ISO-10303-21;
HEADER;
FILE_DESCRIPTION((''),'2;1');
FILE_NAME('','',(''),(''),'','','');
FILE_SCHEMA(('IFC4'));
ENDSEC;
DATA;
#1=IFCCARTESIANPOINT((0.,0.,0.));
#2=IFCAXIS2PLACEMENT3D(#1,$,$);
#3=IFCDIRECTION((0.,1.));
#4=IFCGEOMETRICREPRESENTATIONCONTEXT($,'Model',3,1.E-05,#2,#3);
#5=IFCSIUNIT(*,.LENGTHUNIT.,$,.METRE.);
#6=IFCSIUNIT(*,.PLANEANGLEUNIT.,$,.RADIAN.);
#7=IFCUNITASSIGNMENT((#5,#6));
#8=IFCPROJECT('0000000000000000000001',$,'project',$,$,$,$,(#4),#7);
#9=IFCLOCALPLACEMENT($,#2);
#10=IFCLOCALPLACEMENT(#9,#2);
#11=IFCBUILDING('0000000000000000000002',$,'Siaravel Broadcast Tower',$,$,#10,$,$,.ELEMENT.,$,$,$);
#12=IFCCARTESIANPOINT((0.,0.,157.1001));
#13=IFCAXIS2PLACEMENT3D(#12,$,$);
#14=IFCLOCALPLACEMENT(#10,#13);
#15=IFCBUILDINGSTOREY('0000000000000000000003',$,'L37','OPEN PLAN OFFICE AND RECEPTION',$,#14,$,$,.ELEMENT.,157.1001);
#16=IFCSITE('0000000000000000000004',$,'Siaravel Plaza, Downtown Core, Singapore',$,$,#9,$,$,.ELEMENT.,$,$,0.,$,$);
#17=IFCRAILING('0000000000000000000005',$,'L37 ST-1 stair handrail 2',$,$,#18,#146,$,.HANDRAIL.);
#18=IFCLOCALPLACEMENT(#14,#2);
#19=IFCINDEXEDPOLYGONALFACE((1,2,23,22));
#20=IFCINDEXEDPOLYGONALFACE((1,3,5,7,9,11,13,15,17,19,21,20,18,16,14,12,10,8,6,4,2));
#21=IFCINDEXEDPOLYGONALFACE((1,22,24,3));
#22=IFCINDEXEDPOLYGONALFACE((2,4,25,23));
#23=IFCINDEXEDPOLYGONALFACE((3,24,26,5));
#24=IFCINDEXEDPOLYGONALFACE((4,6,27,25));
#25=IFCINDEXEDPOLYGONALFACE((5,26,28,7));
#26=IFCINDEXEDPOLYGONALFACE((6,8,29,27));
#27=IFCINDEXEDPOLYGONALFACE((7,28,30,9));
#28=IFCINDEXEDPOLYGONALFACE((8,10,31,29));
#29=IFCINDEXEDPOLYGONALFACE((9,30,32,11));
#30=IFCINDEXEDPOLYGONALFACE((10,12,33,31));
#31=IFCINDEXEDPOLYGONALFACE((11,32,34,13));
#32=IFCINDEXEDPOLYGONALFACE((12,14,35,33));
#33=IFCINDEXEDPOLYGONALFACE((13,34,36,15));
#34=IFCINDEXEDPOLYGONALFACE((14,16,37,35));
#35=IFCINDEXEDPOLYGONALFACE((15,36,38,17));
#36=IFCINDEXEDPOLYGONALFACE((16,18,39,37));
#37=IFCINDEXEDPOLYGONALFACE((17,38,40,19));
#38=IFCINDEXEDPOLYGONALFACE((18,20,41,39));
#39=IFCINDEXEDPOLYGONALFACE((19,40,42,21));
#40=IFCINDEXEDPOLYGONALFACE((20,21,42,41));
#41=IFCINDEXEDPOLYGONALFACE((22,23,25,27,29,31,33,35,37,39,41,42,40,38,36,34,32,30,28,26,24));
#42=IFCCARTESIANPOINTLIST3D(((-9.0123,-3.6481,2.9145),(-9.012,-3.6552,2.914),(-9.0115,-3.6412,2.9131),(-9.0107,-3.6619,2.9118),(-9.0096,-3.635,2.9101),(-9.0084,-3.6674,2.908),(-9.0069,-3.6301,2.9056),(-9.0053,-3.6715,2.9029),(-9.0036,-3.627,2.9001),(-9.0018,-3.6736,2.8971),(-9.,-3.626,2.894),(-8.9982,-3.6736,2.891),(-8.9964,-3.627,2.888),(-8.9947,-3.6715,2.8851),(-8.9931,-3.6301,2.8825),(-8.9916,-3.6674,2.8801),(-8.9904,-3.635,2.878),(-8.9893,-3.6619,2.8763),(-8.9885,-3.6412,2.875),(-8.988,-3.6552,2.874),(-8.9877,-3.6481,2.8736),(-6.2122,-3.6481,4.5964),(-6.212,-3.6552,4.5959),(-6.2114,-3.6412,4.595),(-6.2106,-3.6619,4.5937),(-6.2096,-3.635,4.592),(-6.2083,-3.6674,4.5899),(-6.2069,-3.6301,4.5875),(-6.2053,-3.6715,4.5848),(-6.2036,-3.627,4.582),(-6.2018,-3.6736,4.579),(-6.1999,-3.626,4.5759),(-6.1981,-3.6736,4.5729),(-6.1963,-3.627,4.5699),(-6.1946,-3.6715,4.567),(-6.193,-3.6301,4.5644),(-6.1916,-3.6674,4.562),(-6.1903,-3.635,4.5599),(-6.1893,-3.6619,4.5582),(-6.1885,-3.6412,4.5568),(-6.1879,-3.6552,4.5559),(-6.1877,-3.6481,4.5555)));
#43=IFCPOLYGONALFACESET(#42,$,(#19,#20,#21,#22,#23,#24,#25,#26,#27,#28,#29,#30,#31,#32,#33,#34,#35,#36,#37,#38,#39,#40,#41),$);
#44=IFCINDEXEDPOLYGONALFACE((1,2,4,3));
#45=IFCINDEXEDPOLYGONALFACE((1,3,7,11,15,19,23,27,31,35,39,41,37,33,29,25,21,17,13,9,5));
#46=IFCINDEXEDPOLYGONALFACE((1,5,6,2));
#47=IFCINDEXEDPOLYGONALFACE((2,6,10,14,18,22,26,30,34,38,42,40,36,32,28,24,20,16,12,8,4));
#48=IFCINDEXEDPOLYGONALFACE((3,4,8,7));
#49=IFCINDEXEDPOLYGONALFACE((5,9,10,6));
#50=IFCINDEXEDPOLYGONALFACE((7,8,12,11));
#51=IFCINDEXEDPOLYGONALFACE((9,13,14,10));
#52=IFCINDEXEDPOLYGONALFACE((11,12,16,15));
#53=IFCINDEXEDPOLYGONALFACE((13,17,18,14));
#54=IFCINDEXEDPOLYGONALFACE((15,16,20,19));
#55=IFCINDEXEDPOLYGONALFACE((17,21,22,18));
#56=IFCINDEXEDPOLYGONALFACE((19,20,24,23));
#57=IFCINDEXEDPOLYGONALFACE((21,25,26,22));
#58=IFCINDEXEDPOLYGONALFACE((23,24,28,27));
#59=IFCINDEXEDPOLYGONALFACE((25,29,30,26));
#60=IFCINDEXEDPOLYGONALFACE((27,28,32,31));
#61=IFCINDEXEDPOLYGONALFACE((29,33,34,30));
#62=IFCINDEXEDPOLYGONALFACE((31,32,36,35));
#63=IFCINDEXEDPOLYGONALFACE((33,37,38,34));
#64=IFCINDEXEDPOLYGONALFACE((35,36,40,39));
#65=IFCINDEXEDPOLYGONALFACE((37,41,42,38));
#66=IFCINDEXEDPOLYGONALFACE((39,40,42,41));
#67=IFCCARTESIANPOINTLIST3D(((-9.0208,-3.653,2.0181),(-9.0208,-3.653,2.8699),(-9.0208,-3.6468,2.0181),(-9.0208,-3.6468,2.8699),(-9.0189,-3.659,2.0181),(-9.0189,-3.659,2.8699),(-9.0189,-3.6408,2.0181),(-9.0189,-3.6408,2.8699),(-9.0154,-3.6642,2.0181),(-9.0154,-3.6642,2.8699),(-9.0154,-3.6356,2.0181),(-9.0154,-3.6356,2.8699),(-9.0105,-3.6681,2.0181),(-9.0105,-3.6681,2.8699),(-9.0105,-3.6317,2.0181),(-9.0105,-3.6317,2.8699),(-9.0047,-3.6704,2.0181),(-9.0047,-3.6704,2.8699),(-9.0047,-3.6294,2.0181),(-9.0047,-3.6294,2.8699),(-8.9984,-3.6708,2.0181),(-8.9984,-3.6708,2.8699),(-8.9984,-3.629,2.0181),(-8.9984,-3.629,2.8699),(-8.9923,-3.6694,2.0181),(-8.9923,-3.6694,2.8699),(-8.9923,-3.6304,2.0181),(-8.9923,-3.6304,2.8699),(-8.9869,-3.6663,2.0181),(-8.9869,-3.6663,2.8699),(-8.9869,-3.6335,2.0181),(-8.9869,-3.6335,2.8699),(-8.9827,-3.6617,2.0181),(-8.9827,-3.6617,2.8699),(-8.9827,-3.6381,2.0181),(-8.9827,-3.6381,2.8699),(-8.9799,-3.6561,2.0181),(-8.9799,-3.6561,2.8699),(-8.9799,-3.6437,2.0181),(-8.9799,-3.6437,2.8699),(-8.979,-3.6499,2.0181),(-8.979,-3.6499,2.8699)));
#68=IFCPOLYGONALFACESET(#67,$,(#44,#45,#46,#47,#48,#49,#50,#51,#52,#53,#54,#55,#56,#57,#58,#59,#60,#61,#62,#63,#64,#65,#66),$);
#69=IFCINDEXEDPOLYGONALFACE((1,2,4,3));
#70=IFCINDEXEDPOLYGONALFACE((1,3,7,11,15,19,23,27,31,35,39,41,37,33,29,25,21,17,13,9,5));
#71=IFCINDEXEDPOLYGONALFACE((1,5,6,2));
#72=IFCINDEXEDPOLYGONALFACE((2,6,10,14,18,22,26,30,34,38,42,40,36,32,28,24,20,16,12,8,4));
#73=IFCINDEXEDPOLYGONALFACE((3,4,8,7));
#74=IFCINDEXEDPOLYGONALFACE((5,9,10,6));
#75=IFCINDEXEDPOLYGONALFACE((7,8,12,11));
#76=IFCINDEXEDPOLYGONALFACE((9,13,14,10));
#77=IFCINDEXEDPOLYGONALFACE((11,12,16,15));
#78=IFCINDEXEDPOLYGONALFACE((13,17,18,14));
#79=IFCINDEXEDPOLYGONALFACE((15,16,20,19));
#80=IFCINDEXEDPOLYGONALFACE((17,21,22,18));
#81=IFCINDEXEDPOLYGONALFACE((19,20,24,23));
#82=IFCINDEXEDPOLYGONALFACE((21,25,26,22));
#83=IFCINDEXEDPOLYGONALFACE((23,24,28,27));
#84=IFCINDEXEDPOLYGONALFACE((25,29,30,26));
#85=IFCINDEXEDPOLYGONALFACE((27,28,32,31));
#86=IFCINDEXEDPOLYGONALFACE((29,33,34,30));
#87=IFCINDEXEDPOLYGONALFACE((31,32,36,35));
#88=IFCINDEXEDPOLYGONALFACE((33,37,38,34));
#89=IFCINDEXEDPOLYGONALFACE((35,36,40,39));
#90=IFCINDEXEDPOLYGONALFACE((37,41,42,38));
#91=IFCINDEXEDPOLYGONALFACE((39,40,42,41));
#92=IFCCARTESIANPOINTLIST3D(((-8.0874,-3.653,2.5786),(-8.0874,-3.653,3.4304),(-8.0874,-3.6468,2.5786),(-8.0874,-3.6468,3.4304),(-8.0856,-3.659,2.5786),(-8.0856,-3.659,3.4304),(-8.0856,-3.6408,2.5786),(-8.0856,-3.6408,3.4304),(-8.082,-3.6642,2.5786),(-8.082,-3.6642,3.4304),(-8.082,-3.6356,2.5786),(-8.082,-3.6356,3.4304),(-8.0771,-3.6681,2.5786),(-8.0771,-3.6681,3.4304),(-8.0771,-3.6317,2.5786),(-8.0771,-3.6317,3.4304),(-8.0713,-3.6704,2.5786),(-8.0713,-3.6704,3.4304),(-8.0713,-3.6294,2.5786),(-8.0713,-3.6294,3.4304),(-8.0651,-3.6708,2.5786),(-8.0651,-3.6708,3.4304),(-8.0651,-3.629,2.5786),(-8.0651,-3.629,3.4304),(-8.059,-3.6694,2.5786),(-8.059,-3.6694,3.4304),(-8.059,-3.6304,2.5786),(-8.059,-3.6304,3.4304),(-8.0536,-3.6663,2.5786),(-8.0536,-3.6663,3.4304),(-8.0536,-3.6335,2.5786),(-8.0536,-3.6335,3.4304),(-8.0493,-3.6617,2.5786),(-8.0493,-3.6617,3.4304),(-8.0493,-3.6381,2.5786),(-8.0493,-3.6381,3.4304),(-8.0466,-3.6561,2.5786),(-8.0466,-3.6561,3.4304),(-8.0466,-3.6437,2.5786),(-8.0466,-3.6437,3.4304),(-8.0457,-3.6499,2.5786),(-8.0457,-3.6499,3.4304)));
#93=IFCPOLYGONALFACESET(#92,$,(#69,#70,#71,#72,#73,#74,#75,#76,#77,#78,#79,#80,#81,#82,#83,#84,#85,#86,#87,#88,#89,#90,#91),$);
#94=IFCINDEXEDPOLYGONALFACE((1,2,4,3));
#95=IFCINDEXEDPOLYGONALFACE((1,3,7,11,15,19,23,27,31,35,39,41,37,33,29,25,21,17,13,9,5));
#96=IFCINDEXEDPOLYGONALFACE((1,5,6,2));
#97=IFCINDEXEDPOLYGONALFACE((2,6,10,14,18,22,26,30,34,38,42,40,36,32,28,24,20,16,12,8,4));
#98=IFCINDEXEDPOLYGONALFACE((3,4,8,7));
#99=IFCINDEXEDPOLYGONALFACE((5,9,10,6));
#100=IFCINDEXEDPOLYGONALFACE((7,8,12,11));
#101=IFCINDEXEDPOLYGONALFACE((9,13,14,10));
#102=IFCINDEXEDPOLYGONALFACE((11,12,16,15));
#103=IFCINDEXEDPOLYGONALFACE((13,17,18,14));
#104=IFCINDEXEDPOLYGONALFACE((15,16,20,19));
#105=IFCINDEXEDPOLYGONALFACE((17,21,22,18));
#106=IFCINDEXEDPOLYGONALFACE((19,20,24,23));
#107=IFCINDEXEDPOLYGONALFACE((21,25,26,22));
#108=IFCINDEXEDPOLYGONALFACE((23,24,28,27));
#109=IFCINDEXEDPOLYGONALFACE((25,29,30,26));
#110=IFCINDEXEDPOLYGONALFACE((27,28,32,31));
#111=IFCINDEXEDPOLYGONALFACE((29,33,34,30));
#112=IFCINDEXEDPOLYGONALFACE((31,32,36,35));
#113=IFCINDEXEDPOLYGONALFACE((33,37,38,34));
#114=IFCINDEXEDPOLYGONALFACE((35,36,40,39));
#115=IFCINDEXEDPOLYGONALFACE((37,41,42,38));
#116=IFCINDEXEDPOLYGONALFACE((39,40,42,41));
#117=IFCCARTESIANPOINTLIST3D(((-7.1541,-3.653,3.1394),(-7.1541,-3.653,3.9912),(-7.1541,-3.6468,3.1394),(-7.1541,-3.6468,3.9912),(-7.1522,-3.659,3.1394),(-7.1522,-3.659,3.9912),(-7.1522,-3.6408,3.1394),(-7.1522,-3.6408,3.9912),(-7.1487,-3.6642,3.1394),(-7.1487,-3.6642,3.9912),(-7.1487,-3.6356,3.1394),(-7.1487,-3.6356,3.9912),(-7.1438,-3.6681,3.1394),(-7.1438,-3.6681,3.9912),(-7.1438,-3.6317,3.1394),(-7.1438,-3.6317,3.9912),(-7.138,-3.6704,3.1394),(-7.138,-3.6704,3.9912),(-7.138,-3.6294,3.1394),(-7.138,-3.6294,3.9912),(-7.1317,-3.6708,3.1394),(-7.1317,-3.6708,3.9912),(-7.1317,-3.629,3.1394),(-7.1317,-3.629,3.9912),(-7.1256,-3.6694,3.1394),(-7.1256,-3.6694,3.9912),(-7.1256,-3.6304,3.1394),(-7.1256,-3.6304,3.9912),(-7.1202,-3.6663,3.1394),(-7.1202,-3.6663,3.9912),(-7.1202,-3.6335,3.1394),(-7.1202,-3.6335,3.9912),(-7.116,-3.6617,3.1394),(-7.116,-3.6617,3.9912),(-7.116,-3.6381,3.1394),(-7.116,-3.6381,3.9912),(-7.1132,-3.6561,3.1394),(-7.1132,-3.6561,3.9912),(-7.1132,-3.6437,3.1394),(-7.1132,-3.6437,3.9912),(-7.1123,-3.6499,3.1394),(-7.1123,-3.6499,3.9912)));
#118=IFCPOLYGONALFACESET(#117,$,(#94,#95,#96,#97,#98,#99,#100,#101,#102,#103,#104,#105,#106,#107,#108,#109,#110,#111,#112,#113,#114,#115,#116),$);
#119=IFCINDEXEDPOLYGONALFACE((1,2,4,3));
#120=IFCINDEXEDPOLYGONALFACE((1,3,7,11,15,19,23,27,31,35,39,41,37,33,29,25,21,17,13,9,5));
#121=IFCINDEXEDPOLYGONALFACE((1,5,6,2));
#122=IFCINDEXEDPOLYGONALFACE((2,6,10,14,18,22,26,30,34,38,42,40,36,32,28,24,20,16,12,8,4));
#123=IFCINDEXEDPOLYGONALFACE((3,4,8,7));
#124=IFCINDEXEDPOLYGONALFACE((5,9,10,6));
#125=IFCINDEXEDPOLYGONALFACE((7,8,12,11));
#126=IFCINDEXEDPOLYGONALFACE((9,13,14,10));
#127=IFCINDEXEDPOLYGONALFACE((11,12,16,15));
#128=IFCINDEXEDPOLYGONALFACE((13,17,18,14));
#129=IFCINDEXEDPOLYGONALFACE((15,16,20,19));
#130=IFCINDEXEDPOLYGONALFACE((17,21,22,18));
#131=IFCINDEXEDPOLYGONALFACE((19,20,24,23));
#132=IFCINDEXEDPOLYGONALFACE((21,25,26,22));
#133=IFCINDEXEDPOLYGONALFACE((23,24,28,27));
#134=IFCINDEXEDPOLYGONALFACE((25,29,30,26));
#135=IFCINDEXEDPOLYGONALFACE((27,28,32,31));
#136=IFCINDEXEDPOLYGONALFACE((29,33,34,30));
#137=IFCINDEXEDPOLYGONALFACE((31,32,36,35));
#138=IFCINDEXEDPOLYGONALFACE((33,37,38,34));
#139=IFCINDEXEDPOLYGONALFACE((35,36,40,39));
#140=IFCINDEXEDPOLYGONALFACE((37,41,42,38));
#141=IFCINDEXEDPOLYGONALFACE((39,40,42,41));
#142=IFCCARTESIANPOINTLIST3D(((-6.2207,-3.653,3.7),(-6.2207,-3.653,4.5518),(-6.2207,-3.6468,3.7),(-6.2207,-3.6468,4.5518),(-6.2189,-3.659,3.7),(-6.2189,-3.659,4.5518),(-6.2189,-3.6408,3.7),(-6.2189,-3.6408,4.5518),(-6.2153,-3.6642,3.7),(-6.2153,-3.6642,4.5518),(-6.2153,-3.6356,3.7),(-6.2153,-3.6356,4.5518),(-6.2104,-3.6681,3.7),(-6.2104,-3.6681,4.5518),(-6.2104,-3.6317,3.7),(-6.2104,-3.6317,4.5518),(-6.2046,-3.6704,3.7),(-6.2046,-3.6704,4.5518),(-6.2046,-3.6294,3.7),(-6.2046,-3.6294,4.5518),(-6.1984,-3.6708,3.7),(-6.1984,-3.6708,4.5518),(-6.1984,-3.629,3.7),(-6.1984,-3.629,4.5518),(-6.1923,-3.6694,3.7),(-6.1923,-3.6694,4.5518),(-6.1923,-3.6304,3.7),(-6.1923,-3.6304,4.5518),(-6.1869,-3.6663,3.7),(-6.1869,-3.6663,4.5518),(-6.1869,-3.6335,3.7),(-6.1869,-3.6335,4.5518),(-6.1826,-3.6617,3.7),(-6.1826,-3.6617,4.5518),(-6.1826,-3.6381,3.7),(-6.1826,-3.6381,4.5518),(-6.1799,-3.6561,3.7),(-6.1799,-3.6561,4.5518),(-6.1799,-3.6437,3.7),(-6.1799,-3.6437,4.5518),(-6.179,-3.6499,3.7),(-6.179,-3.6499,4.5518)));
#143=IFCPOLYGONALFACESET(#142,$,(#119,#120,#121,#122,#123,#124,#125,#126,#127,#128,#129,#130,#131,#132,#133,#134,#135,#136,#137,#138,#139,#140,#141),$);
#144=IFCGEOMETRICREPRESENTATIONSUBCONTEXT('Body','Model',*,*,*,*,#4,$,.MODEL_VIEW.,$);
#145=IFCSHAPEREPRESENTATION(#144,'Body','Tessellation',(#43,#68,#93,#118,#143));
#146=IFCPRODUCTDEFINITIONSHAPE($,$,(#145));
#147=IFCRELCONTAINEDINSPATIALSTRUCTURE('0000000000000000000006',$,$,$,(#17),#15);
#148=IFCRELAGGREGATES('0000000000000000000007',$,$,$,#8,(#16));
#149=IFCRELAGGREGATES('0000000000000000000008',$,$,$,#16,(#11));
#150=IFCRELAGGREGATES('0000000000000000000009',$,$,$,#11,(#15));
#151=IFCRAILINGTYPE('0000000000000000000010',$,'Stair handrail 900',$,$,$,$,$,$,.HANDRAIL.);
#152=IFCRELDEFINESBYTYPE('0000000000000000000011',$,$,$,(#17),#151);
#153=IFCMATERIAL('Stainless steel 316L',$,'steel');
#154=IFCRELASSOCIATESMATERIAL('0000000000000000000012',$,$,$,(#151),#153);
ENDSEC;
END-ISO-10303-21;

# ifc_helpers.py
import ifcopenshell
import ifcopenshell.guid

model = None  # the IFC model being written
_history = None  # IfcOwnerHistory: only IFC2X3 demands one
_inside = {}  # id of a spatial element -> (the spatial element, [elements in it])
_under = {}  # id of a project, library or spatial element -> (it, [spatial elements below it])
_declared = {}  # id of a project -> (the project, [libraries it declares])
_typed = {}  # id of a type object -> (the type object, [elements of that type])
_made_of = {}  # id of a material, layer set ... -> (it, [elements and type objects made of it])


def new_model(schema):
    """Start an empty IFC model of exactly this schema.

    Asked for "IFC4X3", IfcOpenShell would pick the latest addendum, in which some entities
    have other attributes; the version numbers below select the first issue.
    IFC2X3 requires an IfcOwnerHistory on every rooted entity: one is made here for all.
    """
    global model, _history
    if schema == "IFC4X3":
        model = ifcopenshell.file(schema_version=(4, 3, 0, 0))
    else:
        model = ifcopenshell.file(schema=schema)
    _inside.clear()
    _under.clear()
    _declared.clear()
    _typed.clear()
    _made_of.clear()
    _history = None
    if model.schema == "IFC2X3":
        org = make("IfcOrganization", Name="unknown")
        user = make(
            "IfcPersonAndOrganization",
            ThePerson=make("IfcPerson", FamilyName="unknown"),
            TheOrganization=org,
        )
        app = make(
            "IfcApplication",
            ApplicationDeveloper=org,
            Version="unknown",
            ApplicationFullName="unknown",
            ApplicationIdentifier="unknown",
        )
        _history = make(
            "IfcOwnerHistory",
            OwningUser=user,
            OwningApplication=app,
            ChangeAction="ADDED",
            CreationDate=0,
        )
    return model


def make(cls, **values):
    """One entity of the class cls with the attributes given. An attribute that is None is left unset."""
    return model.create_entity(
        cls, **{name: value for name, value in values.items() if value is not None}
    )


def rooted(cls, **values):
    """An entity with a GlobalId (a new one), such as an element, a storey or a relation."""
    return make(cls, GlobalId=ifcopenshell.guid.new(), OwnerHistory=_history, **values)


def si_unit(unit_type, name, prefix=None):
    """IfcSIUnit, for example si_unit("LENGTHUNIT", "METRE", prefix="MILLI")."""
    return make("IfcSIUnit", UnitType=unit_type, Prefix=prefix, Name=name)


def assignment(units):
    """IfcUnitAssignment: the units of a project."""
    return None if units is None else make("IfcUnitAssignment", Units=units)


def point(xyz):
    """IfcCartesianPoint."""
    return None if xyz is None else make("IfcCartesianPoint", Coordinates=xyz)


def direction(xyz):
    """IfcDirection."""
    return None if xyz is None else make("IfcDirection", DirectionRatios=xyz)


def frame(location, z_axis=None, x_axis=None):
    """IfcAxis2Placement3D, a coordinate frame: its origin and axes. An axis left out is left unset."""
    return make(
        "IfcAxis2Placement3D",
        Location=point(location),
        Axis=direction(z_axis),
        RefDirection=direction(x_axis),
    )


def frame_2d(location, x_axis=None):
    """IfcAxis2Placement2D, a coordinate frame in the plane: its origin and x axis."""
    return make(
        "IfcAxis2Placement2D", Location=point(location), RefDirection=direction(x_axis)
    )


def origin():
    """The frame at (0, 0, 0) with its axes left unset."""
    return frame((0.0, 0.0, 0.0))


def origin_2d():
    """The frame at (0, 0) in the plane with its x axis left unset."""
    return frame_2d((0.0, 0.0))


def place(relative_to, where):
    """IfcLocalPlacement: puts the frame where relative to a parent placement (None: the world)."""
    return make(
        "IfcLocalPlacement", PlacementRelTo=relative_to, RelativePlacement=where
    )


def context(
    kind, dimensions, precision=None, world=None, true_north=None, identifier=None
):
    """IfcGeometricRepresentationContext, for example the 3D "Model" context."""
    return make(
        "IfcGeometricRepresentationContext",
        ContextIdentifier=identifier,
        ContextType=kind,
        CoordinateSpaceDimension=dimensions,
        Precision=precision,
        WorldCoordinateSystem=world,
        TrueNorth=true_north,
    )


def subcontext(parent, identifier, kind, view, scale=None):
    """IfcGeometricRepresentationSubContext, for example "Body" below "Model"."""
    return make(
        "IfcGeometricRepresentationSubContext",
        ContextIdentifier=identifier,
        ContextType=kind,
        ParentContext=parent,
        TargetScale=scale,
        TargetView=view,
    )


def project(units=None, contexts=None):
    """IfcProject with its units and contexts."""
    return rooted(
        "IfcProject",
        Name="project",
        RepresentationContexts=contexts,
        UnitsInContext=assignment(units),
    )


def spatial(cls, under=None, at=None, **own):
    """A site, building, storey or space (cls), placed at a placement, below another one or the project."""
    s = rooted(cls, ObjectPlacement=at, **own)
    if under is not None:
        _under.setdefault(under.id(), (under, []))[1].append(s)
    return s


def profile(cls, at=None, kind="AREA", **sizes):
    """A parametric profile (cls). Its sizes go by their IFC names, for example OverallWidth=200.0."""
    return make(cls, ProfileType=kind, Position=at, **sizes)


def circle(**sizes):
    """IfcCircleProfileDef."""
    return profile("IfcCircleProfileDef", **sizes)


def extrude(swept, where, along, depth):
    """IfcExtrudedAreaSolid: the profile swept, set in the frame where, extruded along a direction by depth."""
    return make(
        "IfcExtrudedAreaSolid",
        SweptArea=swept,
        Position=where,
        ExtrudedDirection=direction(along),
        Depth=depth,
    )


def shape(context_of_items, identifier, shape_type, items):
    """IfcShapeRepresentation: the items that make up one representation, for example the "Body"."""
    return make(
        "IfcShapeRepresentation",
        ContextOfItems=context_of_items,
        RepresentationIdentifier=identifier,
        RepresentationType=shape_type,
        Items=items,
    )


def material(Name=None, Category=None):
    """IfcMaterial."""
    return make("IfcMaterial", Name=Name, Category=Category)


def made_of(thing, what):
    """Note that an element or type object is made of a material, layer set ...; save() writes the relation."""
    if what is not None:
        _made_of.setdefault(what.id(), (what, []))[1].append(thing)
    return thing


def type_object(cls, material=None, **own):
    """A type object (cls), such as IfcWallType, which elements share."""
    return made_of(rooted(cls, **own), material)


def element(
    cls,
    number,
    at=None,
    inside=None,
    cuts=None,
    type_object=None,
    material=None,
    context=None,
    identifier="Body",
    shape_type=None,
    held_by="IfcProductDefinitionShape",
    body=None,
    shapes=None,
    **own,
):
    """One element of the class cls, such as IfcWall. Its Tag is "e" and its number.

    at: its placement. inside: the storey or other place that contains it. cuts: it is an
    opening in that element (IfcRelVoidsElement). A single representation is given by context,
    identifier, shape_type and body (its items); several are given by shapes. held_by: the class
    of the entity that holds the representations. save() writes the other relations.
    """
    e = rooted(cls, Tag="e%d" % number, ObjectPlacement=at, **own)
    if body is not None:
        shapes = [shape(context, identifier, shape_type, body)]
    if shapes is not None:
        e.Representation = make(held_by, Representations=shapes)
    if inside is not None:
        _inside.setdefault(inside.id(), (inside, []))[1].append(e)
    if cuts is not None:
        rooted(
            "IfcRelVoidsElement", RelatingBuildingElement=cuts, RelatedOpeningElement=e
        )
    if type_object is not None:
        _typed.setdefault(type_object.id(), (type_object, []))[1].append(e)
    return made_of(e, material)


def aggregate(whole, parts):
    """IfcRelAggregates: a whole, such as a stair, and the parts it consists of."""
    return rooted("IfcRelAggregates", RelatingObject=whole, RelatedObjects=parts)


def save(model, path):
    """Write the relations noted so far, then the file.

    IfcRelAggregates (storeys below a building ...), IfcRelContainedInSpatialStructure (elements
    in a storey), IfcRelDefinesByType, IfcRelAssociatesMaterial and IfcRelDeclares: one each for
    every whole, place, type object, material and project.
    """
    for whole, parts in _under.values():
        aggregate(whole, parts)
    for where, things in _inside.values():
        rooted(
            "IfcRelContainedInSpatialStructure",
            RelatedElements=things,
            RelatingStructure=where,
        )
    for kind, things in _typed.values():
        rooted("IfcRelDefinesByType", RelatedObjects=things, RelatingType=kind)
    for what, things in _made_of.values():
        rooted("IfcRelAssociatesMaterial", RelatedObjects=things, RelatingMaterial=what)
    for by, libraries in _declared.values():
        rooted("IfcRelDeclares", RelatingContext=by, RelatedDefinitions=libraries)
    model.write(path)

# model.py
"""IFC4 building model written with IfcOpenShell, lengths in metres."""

from ifc_helpers import new_model, si_unit, direction, frame, origin, origin_2d, place, context, subcontext, project, spatial, circle, extrude, material, type_object, element, save


model = new_model("IFC4")

# Units and contexts
model_context = context("Model", 3, precision=1e-05, world=origin(), true_north=direction((0.0, 1.0)))
body_context = subcontext(model_context, "Body", "Model", "MODEL_VIEW")
ifc_project = project(units=[si_unit("LENGTHUNIT", "METRE"), si_unit("PLANEANGLEUNIT", "RADIAN")], contexts=[model_context])

# Site, building, storey
site_placement = place(None, origin())
site = spatial("IfcSite", under=ifc_project, at=site_placement, Name="Siaravel Plaza, Downtown Core, Singapore", CompositionType="ELEMENT", RefElevation=0.0)
building_placement = place(site_placement, origin())
building = spatial("IfcBuilding", under=site, at=building_placement, Name="Siaravel Broadcast Tower", CompositionType="ELEMENT")
storey_placement = place(building_placement, frame((0.0, 0.0, 157.1001)))
storey = spatial("IfcBuildingStorey", under=building, at=storey_placement, Name="L37", Description="OPEN PLAN OFFICE AND RECEPTION", CompositionType="ELEMENT", Elevation=157.1001)

# Shared definitions
ifc_material_1 = material(Name="Stainless steel 316L", Category="steel")

# Railing
railing_type_1 = type_object("IfcRailingType", Name="Stair handrail 900", PredefinedType="HANDRAIL", material=ifc_material_1)
railing_1_placement = place(storey_placement, frame((-9.0, -3.6499, 2.0181)))
element("IfcRailing", 1, at=railing_1_placement, inside=storey, type_object=railing_type_1, Name="L37 ST-1 stair handrail 2", PredefinedType="HANDRAIL", context=body_context, shape_type="SweptSolid", body=[
    extrude(circle(Radius=0.0239, at=origin_2d()), frame((0.0, 0.0, 0.876), z_axis=(0.857242, 0.0, 0.514913), x_axis=(0.0, 1.0, 0.0)), (0.0, 0.0, 1.0), 3.2664),
    extrude(circle(Radius=0.021, at=origin_2d()), origin(), (0.0, 0.0, 1.0), 0.8518),
    extrude(circle(Radius=0.021, at=origin_2d()), frame((0.9333, 0.0, 0.5605)), (0.0, 0.0, 1.0), 0.8518),
    extrude(circle(Radius=0.021, at=origin_2d()), frame((1.8667, 0.0, 1.1213)), (0.0, 0.0, 1.0), 0.8518),
    extrude(circle(Radius=0.021, at=origin_2d()), frame((2.8, 0.0, 1.6819)), (0.0, 0.0, 1.0), 0.8518),
])

save(model, "model.ifc")
